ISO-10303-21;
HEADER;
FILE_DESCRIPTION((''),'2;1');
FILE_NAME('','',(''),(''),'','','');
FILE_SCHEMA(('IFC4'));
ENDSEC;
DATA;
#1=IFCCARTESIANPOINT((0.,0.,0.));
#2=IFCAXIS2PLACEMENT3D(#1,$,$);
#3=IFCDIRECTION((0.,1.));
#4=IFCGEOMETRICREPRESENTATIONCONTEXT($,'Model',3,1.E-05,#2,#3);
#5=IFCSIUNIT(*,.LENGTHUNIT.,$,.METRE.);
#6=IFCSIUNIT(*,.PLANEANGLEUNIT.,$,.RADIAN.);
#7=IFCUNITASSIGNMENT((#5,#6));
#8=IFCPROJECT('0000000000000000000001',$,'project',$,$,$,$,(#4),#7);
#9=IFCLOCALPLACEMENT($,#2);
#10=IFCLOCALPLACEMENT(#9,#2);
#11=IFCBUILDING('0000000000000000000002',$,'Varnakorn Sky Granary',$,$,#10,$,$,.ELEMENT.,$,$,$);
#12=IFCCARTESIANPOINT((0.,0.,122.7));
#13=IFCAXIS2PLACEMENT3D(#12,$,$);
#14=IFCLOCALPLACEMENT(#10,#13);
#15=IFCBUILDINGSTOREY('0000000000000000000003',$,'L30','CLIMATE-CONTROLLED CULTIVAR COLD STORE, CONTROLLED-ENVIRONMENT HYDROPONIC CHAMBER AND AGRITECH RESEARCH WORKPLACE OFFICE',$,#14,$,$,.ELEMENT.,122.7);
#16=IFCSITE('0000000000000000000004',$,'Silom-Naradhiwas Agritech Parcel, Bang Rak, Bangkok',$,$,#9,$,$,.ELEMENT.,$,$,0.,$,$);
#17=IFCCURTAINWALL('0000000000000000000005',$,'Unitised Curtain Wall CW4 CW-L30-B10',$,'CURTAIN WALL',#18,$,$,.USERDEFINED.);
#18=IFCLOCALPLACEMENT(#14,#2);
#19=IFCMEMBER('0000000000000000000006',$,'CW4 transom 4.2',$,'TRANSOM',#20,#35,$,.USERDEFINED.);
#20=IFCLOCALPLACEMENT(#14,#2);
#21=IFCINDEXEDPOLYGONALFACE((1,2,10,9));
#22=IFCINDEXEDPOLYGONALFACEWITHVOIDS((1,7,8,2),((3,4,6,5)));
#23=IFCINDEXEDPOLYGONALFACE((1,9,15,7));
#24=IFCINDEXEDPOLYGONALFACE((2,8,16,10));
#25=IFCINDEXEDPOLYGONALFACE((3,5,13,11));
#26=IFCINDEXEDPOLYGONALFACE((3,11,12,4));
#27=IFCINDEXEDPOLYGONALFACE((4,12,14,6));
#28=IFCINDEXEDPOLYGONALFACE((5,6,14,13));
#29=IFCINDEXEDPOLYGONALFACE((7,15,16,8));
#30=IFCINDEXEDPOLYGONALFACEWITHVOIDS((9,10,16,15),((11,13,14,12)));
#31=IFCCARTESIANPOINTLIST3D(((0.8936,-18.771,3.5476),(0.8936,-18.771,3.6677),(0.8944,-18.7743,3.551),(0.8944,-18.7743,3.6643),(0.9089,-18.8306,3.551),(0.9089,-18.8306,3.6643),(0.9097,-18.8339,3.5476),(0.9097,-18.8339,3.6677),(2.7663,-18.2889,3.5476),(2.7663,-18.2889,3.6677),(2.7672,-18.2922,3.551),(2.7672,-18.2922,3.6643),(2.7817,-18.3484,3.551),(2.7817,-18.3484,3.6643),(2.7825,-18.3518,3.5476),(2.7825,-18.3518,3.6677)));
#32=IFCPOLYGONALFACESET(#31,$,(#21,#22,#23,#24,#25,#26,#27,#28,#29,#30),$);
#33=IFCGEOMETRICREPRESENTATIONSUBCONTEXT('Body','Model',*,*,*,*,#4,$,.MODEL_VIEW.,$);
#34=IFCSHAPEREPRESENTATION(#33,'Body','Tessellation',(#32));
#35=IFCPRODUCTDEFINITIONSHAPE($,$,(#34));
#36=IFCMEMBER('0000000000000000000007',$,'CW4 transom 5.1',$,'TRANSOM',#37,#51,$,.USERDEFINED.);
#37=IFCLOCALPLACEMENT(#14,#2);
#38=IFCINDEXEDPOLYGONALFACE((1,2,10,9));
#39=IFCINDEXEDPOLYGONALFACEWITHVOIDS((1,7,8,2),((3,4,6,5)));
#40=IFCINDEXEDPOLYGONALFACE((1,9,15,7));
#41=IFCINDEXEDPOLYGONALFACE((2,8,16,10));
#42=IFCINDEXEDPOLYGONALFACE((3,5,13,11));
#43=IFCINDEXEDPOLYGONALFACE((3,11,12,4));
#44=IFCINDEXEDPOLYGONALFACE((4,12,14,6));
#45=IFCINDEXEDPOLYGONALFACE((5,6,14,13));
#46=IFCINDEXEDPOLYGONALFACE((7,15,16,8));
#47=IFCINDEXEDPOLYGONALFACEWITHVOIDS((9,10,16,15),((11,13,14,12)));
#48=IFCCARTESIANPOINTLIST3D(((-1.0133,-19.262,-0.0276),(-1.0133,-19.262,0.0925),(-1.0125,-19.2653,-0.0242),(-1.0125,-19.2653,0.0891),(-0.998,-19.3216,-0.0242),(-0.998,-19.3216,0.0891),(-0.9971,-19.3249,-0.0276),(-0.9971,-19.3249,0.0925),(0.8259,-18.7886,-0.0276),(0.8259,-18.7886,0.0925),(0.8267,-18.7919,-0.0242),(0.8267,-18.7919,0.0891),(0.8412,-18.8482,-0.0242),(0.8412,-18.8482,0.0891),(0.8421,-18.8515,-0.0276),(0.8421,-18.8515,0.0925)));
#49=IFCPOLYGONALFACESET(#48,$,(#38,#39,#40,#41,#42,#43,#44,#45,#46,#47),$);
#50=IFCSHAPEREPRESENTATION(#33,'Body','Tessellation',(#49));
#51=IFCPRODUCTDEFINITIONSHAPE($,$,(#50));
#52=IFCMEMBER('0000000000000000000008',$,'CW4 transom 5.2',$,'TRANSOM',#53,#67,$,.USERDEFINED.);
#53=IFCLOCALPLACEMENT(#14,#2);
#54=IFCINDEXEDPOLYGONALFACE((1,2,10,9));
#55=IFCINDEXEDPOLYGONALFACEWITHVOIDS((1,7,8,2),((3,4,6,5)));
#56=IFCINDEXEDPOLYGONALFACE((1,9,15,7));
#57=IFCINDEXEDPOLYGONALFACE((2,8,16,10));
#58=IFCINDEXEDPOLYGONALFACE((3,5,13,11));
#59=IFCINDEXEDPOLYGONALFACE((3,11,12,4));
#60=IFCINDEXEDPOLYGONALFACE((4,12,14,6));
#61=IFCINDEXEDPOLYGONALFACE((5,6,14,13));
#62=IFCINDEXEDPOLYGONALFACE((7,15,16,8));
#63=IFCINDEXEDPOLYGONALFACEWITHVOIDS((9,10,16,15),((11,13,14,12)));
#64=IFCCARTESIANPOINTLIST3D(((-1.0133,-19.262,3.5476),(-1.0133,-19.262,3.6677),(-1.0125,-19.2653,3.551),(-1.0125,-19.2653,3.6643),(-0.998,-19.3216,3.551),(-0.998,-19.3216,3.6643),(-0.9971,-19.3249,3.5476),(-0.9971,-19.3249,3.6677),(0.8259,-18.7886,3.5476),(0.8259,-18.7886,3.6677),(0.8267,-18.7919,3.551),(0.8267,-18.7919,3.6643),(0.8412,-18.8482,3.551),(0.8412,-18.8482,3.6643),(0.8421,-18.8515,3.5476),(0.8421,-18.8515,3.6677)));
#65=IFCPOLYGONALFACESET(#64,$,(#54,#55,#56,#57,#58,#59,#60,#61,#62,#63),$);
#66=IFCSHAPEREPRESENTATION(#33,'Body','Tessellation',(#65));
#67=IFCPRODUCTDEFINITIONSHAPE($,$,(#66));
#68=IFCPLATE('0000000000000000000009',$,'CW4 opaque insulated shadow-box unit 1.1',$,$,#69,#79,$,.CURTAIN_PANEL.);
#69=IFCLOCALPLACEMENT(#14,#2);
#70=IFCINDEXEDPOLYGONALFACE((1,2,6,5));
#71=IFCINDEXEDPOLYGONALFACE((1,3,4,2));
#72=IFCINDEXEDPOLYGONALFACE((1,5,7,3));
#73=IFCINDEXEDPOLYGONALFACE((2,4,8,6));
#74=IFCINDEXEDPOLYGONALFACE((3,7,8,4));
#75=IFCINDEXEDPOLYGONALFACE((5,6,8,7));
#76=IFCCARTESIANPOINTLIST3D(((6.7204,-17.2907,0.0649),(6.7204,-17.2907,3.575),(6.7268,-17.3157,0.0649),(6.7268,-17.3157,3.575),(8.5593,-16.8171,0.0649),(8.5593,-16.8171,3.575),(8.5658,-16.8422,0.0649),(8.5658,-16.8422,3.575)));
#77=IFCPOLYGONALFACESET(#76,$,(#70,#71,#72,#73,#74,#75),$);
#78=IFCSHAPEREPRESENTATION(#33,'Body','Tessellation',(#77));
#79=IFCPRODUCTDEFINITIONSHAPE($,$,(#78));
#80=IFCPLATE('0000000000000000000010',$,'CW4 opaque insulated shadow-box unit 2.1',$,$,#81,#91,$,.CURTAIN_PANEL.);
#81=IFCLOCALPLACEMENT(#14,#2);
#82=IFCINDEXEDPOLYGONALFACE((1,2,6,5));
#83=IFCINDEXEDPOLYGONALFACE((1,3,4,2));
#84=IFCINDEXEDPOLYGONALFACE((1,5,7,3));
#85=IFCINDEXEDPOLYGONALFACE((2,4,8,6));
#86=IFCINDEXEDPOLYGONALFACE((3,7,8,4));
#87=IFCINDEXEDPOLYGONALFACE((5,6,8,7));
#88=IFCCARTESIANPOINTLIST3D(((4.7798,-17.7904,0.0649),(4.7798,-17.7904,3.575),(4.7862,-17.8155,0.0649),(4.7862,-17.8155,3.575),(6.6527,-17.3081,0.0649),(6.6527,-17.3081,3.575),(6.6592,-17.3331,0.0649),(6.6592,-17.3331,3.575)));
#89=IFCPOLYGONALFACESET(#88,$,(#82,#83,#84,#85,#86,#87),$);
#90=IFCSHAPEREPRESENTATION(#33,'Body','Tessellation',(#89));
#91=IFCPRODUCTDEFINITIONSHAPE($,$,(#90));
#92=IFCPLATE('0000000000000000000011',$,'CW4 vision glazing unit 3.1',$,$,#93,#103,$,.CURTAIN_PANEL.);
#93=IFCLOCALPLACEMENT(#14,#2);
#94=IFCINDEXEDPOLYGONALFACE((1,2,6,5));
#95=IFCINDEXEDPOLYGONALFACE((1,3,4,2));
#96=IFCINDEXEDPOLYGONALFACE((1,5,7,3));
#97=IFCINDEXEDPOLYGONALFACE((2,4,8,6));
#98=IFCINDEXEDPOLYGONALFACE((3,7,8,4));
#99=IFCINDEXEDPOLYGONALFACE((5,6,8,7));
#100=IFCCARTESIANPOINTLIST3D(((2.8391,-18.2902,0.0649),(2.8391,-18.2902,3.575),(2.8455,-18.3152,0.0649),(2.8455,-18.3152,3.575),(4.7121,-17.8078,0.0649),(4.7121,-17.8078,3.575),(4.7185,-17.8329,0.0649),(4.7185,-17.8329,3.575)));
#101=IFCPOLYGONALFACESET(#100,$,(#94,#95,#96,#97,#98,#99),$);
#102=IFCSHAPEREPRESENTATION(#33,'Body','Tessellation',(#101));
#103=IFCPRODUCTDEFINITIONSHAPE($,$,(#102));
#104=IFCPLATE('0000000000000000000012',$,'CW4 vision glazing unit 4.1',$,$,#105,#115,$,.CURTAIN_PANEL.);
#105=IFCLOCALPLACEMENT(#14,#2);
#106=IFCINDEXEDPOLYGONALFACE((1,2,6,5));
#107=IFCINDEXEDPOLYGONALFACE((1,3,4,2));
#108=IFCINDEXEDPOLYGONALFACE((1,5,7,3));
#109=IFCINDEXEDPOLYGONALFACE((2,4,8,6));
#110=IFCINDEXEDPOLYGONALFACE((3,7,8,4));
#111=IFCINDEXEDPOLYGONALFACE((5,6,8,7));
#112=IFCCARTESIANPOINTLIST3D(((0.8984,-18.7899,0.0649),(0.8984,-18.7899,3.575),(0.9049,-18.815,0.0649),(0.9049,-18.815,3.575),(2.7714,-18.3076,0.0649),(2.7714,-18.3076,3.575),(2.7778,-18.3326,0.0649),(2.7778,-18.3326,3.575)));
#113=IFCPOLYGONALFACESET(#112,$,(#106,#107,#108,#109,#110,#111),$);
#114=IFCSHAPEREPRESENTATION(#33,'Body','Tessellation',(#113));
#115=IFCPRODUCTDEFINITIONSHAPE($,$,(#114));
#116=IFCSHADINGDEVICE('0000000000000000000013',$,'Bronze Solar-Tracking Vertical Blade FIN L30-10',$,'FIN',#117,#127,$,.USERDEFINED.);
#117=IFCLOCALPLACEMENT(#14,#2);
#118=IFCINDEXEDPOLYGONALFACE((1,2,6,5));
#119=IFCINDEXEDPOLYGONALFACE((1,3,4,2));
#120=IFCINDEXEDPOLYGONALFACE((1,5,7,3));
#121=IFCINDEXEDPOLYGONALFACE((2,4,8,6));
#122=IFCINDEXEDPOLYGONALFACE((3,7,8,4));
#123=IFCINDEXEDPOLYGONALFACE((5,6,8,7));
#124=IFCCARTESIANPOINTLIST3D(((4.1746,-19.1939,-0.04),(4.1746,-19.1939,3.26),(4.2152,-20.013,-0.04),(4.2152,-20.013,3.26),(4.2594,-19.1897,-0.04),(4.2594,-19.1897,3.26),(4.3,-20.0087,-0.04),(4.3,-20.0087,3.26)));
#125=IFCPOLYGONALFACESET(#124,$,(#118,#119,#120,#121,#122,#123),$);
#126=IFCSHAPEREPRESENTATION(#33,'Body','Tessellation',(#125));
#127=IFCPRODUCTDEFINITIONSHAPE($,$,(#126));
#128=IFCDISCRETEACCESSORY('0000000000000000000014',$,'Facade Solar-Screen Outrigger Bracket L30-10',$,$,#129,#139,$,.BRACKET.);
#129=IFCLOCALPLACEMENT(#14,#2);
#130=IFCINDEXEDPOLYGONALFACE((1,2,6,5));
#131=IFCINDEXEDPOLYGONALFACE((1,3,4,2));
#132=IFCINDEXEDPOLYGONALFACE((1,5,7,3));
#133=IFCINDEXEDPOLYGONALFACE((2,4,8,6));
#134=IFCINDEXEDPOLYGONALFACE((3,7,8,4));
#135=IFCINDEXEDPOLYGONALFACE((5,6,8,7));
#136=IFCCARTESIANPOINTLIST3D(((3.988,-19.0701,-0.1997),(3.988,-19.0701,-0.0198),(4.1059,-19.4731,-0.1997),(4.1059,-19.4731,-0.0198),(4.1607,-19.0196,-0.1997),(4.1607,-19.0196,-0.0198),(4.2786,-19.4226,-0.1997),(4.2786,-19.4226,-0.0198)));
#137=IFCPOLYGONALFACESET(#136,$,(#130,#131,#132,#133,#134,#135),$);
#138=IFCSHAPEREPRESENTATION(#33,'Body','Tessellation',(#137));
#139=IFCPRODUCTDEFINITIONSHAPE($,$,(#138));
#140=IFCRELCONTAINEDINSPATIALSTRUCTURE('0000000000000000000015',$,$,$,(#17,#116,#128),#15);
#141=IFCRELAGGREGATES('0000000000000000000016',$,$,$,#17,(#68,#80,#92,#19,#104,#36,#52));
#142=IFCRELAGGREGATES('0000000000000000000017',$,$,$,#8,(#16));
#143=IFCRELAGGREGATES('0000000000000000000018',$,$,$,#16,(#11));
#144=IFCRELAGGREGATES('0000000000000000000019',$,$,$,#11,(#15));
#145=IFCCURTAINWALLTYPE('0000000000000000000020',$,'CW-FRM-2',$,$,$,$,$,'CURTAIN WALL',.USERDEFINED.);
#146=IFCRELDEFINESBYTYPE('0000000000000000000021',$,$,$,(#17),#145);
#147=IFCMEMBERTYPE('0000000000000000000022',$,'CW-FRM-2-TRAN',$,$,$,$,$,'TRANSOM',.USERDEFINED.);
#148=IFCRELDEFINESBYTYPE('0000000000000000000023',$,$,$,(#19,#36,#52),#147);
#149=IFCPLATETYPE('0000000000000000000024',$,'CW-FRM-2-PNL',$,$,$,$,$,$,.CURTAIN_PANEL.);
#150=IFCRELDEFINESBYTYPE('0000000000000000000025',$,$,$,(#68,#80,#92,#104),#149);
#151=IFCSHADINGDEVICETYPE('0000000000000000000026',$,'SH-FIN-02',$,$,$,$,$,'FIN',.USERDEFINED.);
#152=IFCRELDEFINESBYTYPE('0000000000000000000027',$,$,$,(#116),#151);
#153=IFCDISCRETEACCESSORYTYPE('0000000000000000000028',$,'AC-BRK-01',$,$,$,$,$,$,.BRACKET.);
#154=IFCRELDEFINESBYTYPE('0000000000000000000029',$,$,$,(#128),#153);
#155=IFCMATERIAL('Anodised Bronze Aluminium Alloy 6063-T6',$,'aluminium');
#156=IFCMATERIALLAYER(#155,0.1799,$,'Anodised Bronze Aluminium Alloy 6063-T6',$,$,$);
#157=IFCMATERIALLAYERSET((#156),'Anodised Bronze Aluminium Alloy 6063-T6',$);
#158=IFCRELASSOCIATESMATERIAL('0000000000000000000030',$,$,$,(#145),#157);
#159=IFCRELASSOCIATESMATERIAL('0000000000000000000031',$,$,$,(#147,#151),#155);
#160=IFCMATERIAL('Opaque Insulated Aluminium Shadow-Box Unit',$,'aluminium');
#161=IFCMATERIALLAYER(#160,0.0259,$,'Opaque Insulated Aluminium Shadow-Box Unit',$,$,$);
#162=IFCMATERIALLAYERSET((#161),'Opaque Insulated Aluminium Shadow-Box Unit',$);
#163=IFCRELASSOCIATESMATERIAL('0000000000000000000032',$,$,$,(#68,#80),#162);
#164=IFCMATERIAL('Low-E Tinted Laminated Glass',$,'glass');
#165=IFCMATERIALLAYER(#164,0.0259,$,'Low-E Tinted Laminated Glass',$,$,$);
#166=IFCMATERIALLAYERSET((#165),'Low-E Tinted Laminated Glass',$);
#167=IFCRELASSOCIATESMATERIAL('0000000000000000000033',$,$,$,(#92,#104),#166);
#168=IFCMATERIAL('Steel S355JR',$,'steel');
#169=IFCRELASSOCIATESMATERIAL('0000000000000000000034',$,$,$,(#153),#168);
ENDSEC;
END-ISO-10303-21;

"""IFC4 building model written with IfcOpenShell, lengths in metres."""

from ifc_helpers import new_model, si_unit, direction, frame, origin, origin_2d, place, context, subcontext, project, spatial, rectangle, hollow_rectangle, extrude, source, transform, mapped, material, layer, layer_set, material_profile, profile_set, type_object, type_shapes, element, aggregate, save


model = new_model("IFC4")

# Units and contexts
model_context = context("Model", 3, precision=1e-05, world=origin(), true_north=direction((0.0, 1.0)))
body_context = subcontext(model_context, "Body", "Model", "MODEL_VIEW")
ifc_project = project(units=[si_unit("LENGTHUNIT", "METRE"), si_unit("PLANEANGLEUNIT", "RADIAN")], contexts=[model_context])

# Site, building, storey
site_placement = place(None, origin())
site = spatial("IfcSite", under=ifc_project, at=site_placement, Name="Silom-Naradhiwas Agritech Parcel, Bang Rak, Bangkok", CompositionType="ELEMENT", RefElevation=0.0)
building_placement = place(site_placement, origin())
building = spatial("IfcBuilding", under=site, at=building_placement, Name="Varnakorn Sky Granary", CompositionType="ELEMENT")
storey_placement = place(building_placement, frame((0.0, 0.0, 122.7)))
storey = spatial("IfcBuildingStorey", under=building, at=storey_placement, Name="L30", Description="CLIMATE-CONTROLLED CULTIVAR COLD STORE, CONTROLLED-ENVIRONMENT HYDROPONIC CHAMBER AND AGRITECH RESEARCH WORKPLACE OFFICE", CompositionType="ELEMENT", Elevation=122.7)

# Curtain wall, members, plates
ifc_material_1 = material(Name="Anodised Bronze Aluminium Alloy 6063-T6", Category="aluminium")
ifc_layer_1 = layer(ifc_material_1, 0.1799, Name="Anodised Bronze Aluminium Alloy 6063-T6")
ifc_layer_set_1 = layer_set([ifc_layer_1], Name="Anodised Bronze Aluminium Alloy 6063-T6")
curtain_wall_type = type_object("IfcCurtainWallType", Name="CW-FRM-2", ElementType="CURTAIN WALL", PredefinedType="USERDEFINED", material=ifc_layer_set_1)
curtain_wall_placement = place(storey_placement, origin())
curtain_wall = element("IfcCurtainWall", 1, at=curtain_wall_placement, inside=storey, type_object=curtain_wall_type, Name="Unitised Curtain Wall CW4 CW-L30-B10", ObjectType="CURTAIN WALL", PredefinedType="USERDEFINED")
ifc_material_profile_1 = material_profile(ifc_material_1, hollow_rectangle(XDim=0.0649, YDim=0.1201, WallThickness=0.0034, at=origin_2d()), Name="ALU TRAN 65x120")
ifc_profile_set_1 = profile_set([ifc_material_profile_1], Name="Anodised Bronze Aluminium Alloy 6063-T6")
member_type_1 = type_object("IfcMemberType", Name="CW-FRM-2-TRAN", ElementType="TRANSOM", PredefinedType="USERDEFINED", material=ifc_profile_set_1)
member_1_placement = place(storey_placement, frame((2.7744, -18.3203, 3.6077), z_axis=(-0.968418, -0.249332, 0.0), x_axis=(0.249332, -0.968418, 0.0)))
member_1 = element("IfcMember", 2, at=member_1_placement, type_object=member_type_1, Name="CW4 transom 4.2", ObjectType="TRANSOM", PredefinedType="USERDEFINED", context=body_context, shape_type="SweptSolid", body=[
    extrude(hollow_rectangle(XDim=0.0649, YDim=0.1201, WallThickness=0.0034, at=origin_2d()), origin(), (0.0, 0.0, 1.0), 1.9338),
])
member_2_placement = place(storey_placement, frame((0.834, -18.8201, 0.0325), z_axis=(-0.968433, -0.249275, 0.0), x_axis=(0.249275, -0.968433, 0.0)))
member_2 = element("IfcMember", 3, at=member_2_placement, type_object=member_type_1, Name="CW4 transom 5.1", ObjectType="TRANSOM", PredefinedType="USERDEFINED", context=body_context, shape_type="SweptSolid", body=[
    extrude(hollow_rectangle(XDim=0.0649, YDim=0.1201, WallThickness=0.0034, at=origin_2d()), origin(), (0.0, 0.0, 1.0), 1.8992),
])
member_3_placement = place(storey_placement, frame((0.834, -18.8201, 3.6077), z_axis=(-0.968433, -0.249275, 0.0), x_axis=(0.249275, -0.968433, 0.0)))
member_3 = element("IfcMember", 4, at=member_3_placement, type_object=member_type_1, Name="CW4 transom 5.2", ObjectType="TRANSOM", PredefinedType="USERDEFINED", context=body_context, shape_type="SweptSolid", body=[
    extrude(hollow_rectangle(XDim=0.0649, YDim=0.1201, WallThickness=0.0034, at=origin_2d()), origin(), (0.0, 0.0, 1.0), 1.8992),
])
ifc_material_2 = material(Name="Opaque Insulated Aluminium Shadow-Box Unit", Category="aluminium")
ifc_layer_2 = layer(ifc_material_2, 0.0259, Name="Opaque Insulated Aluminium Shadow-Box Unit")
ifc_layer_set_2 = layer_set([ifc_layer_2], Name="Opaque Insulated Aluminium Shadow-Box Unit")
plate_type = type_object("IfcPlateType", Name="CW-FRM-2-PNL", PredefinedType="CURTAIN_PANEL")
shared_shape_1 = source(origin(), body_context, "Body", "SweptSolid", [
    extrude(rectangle(XDim=1.8989, YDim=0.0259, at=origin_2d()), origin(), (0.0, 0.0, 1.0), 3.51),
])
plate_1_placement = place(storey_placement, frame((7.6431, -17.0664, 0.0649), z_axis=(0.0, 0.0, 1.0), x_axis=(-0.968405, -0.249384, 0.0)))
plate_1 = element("IfcPlate", 5, at=plate_1_placement, type_object=plate_type, material=ifc_layer_set_2, Name="CW4 opaque insulated shadow-box unit 1.1", PredefinedType="CURTAIN_PANEL", context=body_context, shape_type="MappedRepresentation", body=[
    mapped(shared_shape_1, transform((0.0, 0.0, 0.0), x_axis=(1.0, 0.0, 0.0), y_axis=(0.0, 1.0, 0.0), z_axis=(0.0, 0.0, 1.0), scale=1.0)),
])
shared_shape_2 = source(origin(), body_context, "Body", "SweptSolid", [
    extrude(rectangle(XDim=1.9341, YDim=0.0259, at=origin_2d()), origin(), (0.0, 0.0, 1.0), 3.51),
])
type_shapes(plate_type, [shared_shape_1, shared_shape_2])
plate_2_placement = place(storey_placement, frame((5.7195, -17.5618, 0.0649), z_axis=(0.0, 0.0, 1.0), x_axis=(-0.968405, -0.249384, 0.0)))
plate_2 = element("IfcPlate", 6, at=plate_2_placement, type_object=plate_type, material=ifc_layer_set_2, Name="CW4 opaque insulated shadow-box unit 2.1", PredefinedType="CURTAIN_PANEL", context=body_context, shape_type="MappedRepresentation", body=[
    mapped(shared_shape_2, transform((0.0, 0.0, 0.0), x_axis=(1.0, 0.0, 0.0), y_axis=(0.0, 1.0, 0.0), z_axis=(0.0, 0.0, 1.0), scale=1.0)),
])
ifc_material_3 = material(Name="Low-E Tinted Laminated Glass", Category="glass")
ifc_layer_3 = layer(ifc_material_3, 0.0259, Name="Low-E Tinted Laminated Glass")
ifc_layer_set_3 = layer_set([ifc_layer_3], Name="Low-E Tinted Laminated Glass")
plate_3_placement = place(storey_placement, frame((3.7788, -18.0615, 0.0649), z_axis=(0.0, 0.0, 1.0), x_axis=(-0.968405, -0.249384, 0.0)))
plate_3 = element("IfcPlate", 7, at=plate_3_placement, type_object=plate_type, material=ifc_layer_set_3, Name="CW4 vision glazing unit 3.1", PredefinedType="CURTAIN_PANEL", context=body_context, shape_type="MappedRepresentation", body=[
    mapped(shared_shape_2, transform((0.0, 0.0, 0.0), x_axis=(1.0, 0.0, 0.0), y_axis=(0.0, 1.0, 0.0), z_axis=(0.0, 0.0, 1.0), scale=1.0)),
])
plate_4_placement = place(storey_placement, frame((1.8381, -18.5613, 0.0649), z_axis=(0.0, 0.0, 1.0), x_axis=(-0.968405, -0.249384, 0.0)))
plate_4 = element("IfcPlate", 8, at=plate_4_placement, type_object=plate_type, material=ifc_layer_set_3, Name="CW4 vision glazing unit 4.1", PredefinedType="CURTAIN_PANEL", context=body_context, shape_type="MappedRepresentation", body=[
    mapped(shared_shape_2, transform((0.0, 0.0, 0.0), x_axis=(1.0, 0.0, 0.0), y_axis=(0.0, 1.0, 0.0), z_axis=(0.0, 0.0, 1.0), scale=1.0)),
])
aggregate(curtain_wall, [plate_1, plate_2, plate_3, member_1, plate_4, member_2, member_3])

# Shading device
shading_device_type = type_object("IfcShadingDeviceType", Name="SH-FIN-02", ElementType="FIN", PredefinedType="USERDEFINED", material=ifc_material_1)
shared_shape_3 = source(origin(), body_context, "Body", "SweptSolid", [
    extrude(rectangle(XDim=0.085, YDim=0.8201, at=origin_2d()), origin(), (0.0, 0.0, 1.0), 3.3),
])
type_shapes(shading_device_type, [shared_shape_3])
shading_device_placement = place(storey_placement, frame((4.2373, -19.6013, -0.04), z_axis=(0.0, 0.0, 1.0), x_axis=(0.998772, 0.049542, 0.0)))
element("IfcShadingDevice", 9, at=shading_device_placement, inside=storey, type_object=shading_device_type, Name="Bronze Solar-Tracking Vertical Blade FIN L30-10", ObjectType="FIN", PredefinedType="USERDEFINED", context=body_context, shape_type="MappedRepresentation", body=[
    mapped(shared_shape_3, transform((0.0, 0.0, 0.0), x_axis=(1.0, 0.0, 0.0), y_axis=(0.0, 1.0, 0.0), z_axis=(0.0, 0.0, 1.0), scale=1.0)),
])

# Discrete accessory
ifc_material_4 = material(Name="Steel S355JR", Category="steel")
discrete_accessory_type = type_object("IfcDiscreteAccessoryType", Name="AC-BRK-01", PredefinedType="BRACKET", material=ifc_material_4)
shared_shape_4 = source(origin(), body_context, "Body", "SweptSolid", [
    extrude(rectangle(XDim=0.1799, YDim=0.4199, at=origin_2d()), origin(), (0.0, 0.0, 1.0), 0.1799),
])
type_shapes(discrete_accessory_type, [shared_shape_4])
discrete_accessory_placement = place(storey_placement, frame((4.1333, -19.2463, -0.1997), z_axis=(0.0, 0.0, 1.0), x_axis=(0.959734, 0.28091, 0.0)))
element("IfcDiscreteAccessory", 10, at=discrete_accessory_placement, inside=storey, type_object=discrete_accessory_type, Name="Facade Solar-Screen Outrigger Bracket L30-10", PredefinedType="BRACKET", context=body_context, shape_type="MappedRepresentation", body=[
    mapped(shared_shape_4, transform((0.0, 0.0, 0.0), x_axis=(1.0, 0.0, 0.0), y_axis=(0.0, 1.0, 0.0), z_axis=(0.0, 0.0, 1.0), scale=1.0)),
])

save(model, "model.ifc")
